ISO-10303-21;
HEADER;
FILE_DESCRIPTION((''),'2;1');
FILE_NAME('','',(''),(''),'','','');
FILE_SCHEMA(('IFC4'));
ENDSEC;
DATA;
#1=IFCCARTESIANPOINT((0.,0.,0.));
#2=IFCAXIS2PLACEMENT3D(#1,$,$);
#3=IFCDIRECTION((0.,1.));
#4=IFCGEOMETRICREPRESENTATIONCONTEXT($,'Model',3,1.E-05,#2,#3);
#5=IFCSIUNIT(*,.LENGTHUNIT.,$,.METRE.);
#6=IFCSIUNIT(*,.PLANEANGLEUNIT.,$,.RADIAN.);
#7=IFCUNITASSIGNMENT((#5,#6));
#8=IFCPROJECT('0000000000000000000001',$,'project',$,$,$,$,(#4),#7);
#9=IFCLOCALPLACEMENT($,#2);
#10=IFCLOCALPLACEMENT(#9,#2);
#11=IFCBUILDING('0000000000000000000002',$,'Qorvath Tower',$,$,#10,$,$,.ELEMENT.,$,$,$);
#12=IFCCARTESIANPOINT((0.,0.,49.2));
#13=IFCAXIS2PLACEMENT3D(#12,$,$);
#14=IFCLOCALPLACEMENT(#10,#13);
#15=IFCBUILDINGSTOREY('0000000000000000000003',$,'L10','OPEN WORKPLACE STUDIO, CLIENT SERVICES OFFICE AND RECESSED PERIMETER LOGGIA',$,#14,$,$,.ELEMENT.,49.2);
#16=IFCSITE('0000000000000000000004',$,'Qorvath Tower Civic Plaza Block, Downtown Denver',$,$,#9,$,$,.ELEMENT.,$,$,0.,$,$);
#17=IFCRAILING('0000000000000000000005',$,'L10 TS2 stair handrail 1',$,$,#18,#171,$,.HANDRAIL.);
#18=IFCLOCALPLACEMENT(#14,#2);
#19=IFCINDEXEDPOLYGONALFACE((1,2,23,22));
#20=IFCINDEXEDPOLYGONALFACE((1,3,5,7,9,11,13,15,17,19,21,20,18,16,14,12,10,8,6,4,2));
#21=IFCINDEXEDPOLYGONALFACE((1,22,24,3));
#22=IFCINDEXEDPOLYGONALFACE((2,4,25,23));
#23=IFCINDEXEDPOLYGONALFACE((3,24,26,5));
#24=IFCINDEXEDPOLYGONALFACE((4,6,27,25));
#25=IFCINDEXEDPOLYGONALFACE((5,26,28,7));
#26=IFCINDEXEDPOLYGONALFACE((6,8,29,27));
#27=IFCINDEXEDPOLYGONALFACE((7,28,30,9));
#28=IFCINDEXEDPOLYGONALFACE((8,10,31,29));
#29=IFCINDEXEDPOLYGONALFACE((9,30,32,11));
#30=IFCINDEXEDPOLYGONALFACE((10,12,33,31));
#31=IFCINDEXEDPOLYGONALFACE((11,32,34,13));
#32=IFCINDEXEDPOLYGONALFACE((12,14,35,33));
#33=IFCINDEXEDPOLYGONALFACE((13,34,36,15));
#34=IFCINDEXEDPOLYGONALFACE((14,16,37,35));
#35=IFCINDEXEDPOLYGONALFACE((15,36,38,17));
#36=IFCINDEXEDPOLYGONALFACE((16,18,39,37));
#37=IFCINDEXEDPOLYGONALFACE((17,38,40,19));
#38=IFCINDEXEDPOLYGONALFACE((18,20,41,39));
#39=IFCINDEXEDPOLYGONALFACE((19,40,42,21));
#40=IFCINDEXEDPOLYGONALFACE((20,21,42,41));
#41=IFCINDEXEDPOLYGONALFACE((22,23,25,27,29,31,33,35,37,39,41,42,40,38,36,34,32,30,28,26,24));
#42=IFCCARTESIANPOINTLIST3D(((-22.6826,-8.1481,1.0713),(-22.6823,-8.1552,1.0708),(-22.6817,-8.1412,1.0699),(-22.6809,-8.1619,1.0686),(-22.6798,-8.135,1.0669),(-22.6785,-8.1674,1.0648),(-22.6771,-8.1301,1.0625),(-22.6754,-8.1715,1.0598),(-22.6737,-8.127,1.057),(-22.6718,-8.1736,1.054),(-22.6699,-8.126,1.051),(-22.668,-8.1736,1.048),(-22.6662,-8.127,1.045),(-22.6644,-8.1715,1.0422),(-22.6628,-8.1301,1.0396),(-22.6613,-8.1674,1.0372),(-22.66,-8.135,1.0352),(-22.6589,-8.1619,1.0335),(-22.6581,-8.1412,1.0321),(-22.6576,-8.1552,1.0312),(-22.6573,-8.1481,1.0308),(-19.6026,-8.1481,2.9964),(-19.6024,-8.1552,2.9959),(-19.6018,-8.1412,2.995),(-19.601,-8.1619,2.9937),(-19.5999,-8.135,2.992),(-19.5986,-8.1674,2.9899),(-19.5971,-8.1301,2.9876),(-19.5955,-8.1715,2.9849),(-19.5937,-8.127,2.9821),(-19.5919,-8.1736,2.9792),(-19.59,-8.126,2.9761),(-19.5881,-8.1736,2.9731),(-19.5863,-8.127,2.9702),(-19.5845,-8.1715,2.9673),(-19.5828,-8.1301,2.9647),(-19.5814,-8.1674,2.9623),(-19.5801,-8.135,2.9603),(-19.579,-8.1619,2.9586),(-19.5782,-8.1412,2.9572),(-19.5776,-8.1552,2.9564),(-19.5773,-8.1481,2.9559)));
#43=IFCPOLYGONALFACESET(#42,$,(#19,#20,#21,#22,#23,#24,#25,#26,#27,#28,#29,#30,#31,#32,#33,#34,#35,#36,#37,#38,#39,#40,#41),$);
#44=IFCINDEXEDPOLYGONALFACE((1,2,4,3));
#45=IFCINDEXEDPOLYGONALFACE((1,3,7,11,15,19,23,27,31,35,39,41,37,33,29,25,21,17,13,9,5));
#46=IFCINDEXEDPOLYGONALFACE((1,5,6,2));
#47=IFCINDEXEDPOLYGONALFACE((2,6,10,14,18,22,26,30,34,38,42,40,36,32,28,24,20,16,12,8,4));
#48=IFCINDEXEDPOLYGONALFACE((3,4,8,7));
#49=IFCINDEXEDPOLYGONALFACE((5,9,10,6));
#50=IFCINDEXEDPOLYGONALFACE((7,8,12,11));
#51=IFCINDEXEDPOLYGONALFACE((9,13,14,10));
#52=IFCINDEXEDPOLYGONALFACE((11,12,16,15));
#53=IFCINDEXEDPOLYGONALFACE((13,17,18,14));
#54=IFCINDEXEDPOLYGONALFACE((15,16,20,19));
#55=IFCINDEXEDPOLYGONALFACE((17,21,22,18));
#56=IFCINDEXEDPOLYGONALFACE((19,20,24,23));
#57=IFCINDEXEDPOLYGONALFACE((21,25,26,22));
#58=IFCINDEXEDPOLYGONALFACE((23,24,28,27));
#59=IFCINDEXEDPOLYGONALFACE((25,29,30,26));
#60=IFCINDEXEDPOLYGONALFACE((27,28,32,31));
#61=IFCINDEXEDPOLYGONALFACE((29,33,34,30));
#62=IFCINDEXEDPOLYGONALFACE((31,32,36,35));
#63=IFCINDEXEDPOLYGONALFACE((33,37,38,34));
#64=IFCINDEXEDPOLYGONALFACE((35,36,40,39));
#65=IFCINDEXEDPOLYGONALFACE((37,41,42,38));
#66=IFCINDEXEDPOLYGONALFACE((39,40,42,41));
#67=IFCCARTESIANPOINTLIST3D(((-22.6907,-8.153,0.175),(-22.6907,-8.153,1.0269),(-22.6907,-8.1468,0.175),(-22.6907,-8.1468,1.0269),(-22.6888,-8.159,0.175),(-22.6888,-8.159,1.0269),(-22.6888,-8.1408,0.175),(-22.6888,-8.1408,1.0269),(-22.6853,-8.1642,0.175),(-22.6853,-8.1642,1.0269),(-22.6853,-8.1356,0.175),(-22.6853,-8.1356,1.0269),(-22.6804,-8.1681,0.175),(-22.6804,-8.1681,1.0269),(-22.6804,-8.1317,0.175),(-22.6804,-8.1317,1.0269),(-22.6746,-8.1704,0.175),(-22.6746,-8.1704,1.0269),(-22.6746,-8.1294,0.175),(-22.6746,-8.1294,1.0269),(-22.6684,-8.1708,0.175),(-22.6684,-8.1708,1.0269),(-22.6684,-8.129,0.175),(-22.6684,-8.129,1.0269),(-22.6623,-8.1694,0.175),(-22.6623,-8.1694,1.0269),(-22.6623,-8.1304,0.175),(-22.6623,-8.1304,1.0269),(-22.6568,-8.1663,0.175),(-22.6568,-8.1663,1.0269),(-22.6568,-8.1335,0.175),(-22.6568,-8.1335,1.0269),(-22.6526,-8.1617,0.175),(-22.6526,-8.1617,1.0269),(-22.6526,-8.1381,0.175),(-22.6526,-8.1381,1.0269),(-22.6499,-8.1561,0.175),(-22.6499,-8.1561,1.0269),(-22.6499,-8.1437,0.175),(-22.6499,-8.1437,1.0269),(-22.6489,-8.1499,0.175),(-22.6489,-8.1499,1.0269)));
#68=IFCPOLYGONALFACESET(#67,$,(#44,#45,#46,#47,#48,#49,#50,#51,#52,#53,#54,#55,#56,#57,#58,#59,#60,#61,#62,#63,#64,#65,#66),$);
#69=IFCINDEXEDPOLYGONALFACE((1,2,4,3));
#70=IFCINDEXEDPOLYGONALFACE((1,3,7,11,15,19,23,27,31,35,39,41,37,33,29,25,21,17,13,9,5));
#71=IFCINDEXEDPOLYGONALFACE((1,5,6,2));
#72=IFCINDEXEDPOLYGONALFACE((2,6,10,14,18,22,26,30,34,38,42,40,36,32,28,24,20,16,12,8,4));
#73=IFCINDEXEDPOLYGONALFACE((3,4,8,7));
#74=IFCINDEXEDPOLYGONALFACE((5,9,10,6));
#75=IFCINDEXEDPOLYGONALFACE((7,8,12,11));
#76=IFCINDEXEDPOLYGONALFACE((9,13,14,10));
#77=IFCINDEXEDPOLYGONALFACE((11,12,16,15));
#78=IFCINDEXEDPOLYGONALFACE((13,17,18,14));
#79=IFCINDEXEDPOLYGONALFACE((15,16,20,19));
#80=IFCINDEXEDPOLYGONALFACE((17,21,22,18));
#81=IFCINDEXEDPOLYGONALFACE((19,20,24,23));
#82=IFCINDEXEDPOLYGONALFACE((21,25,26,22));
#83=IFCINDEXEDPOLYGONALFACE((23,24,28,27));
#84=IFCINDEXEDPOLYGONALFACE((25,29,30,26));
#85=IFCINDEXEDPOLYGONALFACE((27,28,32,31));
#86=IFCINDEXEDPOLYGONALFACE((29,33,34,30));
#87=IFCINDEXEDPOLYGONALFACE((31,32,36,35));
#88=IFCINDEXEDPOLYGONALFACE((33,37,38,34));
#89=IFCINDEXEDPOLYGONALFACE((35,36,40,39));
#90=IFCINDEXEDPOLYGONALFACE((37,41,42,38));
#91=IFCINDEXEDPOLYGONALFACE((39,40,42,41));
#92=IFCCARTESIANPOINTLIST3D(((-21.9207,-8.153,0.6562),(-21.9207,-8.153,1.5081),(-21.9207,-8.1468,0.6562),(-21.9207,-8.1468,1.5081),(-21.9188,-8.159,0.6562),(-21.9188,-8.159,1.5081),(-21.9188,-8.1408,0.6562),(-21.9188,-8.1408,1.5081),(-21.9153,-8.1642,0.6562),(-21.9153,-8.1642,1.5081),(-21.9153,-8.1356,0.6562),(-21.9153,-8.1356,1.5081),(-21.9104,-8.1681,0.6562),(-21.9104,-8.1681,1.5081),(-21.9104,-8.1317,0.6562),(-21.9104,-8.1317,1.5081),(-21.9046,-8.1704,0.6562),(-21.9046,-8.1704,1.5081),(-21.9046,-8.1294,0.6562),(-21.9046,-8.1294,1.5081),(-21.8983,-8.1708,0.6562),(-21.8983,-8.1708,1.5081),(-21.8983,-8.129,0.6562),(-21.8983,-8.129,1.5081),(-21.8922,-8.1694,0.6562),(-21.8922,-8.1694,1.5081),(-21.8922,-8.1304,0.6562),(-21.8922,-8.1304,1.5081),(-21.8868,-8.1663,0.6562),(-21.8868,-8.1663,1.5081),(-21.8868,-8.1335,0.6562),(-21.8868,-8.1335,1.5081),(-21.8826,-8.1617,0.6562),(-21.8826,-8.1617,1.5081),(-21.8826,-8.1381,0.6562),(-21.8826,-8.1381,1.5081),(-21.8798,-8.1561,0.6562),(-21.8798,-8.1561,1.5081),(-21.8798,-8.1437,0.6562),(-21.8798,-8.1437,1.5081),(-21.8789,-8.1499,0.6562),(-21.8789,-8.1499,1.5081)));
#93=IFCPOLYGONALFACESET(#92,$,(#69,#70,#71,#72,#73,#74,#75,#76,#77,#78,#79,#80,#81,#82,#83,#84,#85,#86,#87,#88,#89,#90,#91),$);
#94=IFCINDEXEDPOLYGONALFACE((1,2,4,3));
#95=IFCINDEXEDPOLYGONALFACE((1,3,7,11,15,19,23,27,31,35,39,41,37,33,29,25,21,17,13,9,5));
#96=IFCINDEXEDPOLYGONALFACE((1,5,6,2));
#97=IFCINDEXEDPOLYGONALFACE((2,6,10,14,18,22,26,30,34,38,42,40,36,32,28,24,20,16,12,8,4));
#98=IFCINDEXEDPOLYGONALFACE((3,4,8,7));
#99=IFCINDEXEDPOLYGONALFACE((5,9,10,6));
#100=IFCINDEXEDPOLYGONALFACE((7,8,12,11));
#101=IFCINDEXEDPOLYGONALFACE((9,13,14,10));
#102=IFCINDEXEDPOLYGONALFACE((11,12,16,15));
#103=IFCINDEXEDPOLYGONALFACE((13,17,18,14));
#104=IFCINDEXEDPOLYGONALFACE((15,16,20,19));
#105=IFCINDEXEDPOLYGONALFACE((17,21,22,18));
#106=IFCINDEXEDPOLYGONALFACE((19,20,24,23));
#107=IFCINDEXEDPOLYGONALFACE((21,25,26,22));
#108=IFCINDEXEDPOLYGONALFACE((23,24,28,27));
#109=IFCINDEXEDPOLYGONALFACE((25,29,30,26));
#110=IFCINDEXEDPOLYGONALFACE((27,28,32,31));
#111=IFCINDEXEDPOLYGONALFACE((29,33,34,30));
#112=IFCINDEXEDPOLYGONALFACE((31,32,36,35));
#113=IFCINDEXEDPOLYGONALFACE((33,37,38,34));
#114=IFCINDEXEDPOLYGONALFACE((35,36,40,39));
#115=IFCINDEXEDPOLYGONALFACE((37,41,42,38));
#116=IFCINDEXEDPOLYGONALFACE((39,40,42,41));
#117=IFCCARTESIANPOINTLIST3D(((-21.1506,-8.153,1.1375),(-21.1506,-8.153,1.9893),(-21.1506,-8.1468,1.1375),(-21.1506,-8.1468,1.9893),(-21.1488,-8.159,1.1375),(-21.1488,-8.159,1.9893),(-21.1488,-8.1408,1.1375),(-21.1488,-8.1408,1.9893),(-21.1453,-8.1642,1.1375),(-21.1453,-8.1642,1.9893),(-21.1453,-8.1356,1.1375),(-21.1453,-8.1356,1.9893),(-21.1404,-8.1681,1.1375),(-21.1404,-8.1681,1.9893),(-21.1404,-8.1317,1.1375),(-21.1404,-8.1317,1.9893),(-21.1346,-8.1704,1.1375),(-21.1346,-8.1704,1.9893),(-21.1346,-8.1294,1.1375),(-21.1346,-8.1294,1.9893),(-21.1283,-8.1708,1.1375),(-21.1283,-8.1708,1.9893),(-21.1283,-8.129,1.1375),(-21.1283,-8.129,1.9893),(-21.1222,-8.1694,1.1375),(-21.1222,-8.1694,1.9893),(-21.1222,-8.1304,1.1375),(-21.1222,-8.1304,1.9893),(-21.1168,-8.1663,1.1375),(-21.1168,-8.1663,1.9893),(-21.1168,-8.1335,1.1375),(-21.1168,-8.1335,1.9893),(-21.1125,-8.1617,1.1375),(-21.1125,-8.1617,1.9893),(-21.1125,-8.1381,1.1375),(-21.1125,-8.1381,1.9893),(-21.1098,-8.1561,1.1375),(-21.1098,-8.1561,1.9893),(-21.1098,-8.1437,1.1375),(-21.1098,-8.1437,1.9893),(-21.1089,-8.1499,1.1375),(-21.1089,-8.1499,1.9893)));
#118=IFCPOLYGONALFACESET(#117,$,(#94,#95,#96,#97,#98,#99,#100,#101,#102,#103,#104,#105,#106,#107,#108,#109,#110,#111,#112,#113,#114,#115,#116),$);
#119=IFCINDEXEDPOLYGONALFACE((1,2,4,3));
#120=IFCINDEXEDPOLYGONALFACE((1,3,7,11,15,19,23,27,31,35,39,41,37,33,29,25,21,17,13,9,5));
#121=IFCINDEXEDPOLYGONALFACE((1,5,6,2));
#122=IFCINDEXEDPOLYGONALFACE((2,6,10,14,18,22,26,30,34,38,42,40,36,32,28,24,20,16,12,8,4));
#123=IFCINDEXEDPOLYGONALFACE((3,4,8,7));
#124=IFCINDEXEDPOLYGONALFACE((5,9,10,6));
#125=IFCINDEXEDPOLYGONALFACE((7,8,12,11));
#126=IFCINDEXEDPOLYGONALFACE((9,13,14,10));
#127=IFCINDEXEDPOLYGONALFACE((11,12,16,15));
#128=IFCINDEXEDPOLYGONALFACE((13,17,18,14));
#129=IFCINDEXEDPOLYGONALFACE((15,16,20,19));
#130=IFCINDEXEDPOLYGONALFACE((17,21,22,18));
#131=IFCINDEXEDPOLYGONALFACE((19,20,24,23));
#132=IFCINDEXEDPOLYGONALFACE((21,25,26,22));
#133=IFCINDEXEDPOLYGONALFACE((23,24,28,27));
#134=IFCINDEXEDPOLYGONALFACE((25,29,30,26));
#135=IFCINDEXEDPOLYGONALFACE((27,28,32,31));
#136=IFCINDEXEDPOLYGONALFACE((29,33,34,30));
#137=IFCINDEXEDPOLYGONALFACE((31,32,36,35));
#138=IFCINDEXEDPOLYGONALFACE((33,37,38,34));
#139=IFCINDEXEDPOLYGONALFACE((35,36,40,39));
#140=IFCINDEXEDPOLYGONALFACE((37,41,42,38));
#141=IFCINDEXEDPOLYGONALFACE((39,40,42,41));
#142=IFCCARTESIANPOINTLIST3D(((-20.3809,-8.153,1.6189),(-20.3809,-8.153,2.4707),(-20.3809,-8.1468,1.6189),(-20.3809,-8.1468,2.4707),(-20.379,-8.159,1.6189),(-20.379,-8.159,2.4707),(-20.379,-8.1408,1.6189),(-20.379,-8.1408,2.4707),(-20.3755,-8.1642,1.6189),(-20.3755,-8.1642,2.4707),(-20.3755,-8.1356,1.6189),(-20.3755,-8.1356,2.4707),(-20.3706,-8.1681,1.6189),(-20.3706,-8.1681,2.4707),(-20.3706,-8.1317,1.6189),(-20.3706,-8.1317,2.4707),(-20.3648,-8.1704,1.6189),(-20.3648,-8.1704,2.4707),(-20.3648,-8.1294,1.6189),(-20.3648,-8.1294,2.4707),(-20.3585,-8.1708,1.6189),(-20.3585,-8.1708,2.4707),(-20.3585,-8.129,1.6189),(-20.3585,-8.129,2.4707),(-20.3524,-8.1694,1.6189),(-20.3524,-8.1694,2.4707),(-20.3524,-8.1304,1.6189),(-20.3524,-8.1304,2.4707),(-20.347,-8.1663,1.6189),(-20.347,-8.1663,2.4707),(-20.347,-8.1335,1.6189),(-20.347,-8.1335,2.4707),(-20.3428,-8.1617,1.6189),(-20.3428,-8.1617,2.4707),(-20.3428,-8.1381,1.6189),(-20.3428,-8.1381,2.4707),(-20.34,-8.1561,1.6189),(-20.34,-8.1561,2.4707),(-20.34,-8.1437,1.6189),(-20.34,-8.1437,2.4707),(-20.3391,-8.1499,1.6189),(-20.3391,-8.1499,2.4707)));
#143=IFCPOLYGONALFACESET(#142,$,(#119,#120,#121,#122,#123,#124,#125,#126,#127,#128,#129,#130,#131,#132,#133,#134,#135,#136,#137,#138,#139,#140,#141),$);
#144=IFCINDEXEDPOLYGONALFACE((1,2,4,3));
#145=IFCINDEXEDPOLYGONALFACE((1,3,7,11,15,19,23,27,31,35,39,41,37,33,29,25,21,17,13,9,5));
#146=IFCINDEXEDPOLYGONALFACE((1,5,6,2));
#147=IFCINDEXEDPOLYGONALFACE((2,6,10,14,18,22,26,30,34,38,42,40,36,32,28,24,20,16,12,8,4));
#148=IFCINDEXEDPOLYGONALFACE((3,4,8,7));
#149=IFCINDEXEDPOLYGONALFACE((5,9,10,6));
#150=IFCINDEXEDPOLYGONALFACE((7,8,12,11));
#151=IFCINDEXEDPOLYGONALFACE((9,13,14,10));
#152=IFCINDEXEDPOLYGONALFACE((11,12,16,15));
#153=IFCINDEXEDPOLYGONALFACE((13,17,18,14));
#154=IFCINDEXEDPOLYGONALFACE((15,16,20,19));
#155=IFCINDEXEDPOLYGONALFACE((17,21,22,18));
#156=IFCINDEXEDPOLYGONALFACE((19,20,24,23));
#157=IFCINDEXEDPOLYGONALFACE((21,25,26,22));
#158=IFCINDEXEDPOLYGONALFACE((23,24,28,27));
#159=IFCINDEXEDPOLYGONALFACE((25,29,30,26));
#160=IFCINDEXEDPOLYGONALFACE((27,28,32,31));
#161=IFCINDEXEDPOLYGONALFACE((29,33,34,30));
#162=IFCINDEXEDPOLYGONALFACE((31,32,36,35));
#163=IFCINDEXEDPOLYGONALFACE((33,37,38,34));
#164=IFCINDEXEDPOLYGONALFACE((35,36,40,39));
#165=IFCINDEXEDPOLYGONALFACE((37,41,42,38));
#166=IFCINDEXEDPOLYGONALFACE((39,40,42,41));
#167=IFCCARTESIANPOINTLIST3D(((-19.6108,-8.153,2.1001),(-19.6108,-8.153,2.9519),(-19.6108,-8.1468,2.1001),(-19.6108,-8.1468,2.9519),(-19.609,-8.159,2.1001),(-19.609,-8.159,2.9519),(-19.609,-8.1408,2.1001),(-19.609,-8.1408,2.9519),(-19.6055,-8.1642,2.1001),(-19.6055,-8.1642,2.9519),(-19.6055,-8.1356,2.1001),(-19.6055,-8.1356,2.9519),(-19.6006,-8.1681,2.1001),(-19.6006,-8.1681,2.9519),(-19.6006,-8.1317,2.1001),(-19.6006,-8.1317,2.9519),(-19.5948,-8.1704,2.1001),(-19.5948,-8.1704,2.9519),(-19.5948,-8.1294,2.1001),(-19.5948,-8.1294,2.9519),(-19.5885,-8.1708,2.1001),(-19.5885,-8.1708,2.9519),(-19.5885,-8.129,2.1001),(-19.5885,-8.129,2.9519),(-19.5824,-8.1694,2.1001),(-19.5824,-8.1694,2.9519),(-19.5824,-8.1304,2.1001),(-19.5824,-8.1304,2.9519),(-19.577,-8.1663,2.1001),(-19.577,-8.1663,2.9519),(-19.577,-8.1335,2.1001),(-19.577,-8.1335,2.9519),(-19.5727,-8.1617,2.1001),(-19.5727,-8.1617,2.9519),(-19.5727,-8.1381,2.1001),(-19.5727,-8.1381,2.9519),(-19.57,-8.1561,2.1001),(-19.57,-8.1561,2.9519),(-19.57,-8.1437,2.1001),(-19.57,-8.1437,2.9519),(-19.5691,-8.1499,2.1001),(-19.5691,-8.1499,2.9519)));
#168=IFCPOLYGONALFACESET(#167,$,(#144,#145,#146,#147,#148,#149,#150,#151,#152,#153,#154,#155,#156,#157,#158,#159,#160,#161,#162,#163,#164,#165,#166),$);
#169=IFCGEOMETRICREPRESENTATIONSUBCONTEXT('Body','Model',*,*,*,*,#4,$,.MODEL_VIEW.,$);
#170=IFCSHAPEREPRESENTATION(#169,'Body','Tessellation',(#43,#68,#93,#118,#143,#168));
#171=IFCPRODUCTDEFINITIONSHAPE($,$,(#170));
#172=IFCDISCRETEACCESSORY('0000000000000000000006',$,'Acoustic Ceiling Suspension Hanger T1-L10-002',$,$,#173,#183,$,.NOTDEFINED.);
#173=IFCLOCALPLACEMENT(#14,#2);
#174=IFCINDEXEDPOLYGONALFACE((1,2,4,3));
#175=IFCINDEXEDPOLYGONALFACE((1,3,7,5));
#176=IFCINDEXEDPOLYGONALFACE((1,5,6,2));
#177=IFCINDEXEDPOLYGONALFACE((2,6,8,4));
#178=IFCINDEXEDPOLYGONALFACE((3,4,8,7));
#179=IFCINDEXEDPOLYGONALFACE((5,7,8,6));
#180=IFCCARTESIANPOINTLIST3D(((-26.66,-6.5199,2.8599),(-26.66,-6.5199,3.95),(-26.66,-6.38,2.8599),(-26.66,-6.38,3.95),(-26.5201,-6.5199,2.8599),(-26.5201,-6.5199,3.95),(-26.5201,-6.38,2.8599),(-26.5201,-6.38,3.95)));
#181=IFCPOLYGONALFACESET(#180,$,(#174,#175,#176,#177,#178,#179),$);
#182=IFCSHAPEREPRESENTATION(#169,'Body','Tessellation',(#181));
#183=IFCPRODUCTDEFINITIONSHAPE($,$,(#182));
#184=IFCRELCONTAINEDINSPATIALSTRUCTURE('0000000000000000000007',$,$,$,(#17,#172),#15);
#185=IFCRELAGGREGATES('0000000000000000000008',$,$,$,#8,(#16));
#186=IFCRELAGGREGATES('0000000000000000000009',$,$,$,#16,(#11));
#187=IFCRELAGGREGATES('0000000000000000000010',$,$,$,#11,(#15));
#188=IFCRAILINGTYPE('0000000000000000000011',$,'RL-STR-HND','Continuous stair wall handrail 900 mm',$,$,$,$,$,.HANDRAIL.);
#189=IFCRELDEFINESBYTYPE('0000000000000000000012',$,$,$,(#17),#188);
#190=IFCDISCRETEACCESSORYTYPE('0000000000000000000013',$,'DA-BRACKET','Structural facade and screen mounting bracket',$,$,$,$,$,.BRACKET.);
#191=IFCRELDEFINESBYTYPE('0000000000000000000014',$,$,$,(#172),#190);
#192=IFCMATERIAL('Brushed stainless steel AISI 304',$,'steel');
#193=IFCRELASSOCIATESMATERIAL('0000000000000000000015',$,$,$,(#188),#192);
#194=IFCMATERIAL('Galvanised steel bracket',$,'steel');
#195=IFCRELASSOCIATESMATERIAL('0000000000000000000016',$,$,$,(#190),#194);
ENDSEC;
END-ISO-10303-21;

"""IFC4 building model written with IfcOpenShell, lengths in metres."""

from ifc_helpers import new_model, si_unit, direction, frame, origin, origin_2d, place, context, subcontext, project, spatial, rectangle, circle, extrude, material, type_object, element, save


model = new_model("IFC4")

# Units and contexts
model_context = context("Model", 3, precision=1e-05, world=origin(), true_north=direction((0.0, 1.0)))
body_context = subcontext(model_context, "Body", "Model", "MODEL_VIEW")
ifc_project = project(units=[si_unit("LENGTHUNIT", "METRE"), si_unit("PLANEANGLEUNIT", "RADIAN")], contexts=[model_context])

# Site, building, storey
site_placement = place(None, origin())
site = spatial("IfcSite", under=ifc_project, at=site_placement, Name="Qorvath Tower Civic Plaza Block, Downtown Denver", CompositionType="ELEMENT", RefElevation=0.0)
building_placement = place(site_placement, origin())
building = spatial("IfcBuilding", under=site, at=building_placement, Name="Qorvath Tower", CompositionType="ELEMENT")
storey_placement = place(building_placement, frame((0.0, 0.0, 49.2)))
storey = spatial("IfcBuildingStorey", under=building, at=storey_placement, Name="L10", Description="OPEN WORKPLACE STUDIO, CLIENT SERVICES OFFICE AND RECESSED PERIMETER LOGGIA", CompositionType="ELEMENT", Elevation=49.2)

# Railing
ifc_material_1 = material(Name="Brushed stainless steel AISI 304", Category="steel")
railing_type_1 = type_object("IfcRailingType", Name="RL-STR-HND", Description="Continuous stair wall handrail 900 mm", PredefinedType="HANDRAIL", material=ifc_material_1)
railing_1_placement = place(storey_placement, frame((-22.6699, -8.1499, 0.175)))
element("IfcRailing", 1, at=railing_1_placement, inside=storey, type_object=railing_type_1, Name="L10 TS2 stair handrail 1", PredefinedType="HANDRAIL", context=body_context, shape_type="SweptSolid", body=[
    extrude(circle(Radius=0.0239, at=origin_2d()), frame((0.0, 0.0, 0.876), z_axis=(0.847979, 0.0, 0.530029), x_axis=(0.0, 1.0, 0.0)), (0.0, 0.0, 1.0), 3.6321),
    extrude(circle(Radius=0.021, at=origin_2d()), origin(), (0.0, 0.0, 1.0), 0.8518),
    extrude(circle(Radius=0.021, at=origin_2d()), frame((0.77, 0.0, 0.4812)), (0.0, 0.0, 1.0), 0.8518),
    extrude(circle(Radius=0.021, at=origin_2d()), frame((1.54, 0.0, 0.9624)), (0.0, 0.0, 1.0), 0.8518),
    extrude(circle(Radius=0.021, at=origin_2d()), frame((2.3098, 0.0, 1.4438)), (0.0, 0.0, 1.0), 0.8518),
    extrude(circle(Radius=0.021, at=origin_2d()), frame((3.0798, 0.0, 1.925)), (0.0, 0.0, 1.0), 0.8518),
])

# Discrete accessory
ifc_material_2 = material(Name="Galvanised steel bracket", Category="steel")
discrete_accessory_type = type_object("IfcDiscreteAccessoryType", Name="DA-BRACKET", Description="Structural facade and screen mounting bracket", PredefinedType="BRACKET", material=ifc_material_2)
discrete_accessory_placement = place(storey_placement, frame((-26.5901, -6.45, 2.8599), z_axis=(0.0, 0.0, 1.0), x_axis=(1.0, 0.0, 0.0)))
element("IfcDiscreteAccessory", 2, at=discrete_accessory_placement, inside=storey, type_object=discrete_accessory_type, Name="Acoustic Ceiling Suspension Hanger T1-L10-002", PredefinedType="NOTDEFINED", context=body_context, shape_type="SweptSolid", body=[
    extrude(rectangle(XDim=0.1399, YDim=0.1399, at=origin_2d()), origin(), (0.0, 0.0, 1.0), 1.0901),
])

save(model, "model.ifc")
